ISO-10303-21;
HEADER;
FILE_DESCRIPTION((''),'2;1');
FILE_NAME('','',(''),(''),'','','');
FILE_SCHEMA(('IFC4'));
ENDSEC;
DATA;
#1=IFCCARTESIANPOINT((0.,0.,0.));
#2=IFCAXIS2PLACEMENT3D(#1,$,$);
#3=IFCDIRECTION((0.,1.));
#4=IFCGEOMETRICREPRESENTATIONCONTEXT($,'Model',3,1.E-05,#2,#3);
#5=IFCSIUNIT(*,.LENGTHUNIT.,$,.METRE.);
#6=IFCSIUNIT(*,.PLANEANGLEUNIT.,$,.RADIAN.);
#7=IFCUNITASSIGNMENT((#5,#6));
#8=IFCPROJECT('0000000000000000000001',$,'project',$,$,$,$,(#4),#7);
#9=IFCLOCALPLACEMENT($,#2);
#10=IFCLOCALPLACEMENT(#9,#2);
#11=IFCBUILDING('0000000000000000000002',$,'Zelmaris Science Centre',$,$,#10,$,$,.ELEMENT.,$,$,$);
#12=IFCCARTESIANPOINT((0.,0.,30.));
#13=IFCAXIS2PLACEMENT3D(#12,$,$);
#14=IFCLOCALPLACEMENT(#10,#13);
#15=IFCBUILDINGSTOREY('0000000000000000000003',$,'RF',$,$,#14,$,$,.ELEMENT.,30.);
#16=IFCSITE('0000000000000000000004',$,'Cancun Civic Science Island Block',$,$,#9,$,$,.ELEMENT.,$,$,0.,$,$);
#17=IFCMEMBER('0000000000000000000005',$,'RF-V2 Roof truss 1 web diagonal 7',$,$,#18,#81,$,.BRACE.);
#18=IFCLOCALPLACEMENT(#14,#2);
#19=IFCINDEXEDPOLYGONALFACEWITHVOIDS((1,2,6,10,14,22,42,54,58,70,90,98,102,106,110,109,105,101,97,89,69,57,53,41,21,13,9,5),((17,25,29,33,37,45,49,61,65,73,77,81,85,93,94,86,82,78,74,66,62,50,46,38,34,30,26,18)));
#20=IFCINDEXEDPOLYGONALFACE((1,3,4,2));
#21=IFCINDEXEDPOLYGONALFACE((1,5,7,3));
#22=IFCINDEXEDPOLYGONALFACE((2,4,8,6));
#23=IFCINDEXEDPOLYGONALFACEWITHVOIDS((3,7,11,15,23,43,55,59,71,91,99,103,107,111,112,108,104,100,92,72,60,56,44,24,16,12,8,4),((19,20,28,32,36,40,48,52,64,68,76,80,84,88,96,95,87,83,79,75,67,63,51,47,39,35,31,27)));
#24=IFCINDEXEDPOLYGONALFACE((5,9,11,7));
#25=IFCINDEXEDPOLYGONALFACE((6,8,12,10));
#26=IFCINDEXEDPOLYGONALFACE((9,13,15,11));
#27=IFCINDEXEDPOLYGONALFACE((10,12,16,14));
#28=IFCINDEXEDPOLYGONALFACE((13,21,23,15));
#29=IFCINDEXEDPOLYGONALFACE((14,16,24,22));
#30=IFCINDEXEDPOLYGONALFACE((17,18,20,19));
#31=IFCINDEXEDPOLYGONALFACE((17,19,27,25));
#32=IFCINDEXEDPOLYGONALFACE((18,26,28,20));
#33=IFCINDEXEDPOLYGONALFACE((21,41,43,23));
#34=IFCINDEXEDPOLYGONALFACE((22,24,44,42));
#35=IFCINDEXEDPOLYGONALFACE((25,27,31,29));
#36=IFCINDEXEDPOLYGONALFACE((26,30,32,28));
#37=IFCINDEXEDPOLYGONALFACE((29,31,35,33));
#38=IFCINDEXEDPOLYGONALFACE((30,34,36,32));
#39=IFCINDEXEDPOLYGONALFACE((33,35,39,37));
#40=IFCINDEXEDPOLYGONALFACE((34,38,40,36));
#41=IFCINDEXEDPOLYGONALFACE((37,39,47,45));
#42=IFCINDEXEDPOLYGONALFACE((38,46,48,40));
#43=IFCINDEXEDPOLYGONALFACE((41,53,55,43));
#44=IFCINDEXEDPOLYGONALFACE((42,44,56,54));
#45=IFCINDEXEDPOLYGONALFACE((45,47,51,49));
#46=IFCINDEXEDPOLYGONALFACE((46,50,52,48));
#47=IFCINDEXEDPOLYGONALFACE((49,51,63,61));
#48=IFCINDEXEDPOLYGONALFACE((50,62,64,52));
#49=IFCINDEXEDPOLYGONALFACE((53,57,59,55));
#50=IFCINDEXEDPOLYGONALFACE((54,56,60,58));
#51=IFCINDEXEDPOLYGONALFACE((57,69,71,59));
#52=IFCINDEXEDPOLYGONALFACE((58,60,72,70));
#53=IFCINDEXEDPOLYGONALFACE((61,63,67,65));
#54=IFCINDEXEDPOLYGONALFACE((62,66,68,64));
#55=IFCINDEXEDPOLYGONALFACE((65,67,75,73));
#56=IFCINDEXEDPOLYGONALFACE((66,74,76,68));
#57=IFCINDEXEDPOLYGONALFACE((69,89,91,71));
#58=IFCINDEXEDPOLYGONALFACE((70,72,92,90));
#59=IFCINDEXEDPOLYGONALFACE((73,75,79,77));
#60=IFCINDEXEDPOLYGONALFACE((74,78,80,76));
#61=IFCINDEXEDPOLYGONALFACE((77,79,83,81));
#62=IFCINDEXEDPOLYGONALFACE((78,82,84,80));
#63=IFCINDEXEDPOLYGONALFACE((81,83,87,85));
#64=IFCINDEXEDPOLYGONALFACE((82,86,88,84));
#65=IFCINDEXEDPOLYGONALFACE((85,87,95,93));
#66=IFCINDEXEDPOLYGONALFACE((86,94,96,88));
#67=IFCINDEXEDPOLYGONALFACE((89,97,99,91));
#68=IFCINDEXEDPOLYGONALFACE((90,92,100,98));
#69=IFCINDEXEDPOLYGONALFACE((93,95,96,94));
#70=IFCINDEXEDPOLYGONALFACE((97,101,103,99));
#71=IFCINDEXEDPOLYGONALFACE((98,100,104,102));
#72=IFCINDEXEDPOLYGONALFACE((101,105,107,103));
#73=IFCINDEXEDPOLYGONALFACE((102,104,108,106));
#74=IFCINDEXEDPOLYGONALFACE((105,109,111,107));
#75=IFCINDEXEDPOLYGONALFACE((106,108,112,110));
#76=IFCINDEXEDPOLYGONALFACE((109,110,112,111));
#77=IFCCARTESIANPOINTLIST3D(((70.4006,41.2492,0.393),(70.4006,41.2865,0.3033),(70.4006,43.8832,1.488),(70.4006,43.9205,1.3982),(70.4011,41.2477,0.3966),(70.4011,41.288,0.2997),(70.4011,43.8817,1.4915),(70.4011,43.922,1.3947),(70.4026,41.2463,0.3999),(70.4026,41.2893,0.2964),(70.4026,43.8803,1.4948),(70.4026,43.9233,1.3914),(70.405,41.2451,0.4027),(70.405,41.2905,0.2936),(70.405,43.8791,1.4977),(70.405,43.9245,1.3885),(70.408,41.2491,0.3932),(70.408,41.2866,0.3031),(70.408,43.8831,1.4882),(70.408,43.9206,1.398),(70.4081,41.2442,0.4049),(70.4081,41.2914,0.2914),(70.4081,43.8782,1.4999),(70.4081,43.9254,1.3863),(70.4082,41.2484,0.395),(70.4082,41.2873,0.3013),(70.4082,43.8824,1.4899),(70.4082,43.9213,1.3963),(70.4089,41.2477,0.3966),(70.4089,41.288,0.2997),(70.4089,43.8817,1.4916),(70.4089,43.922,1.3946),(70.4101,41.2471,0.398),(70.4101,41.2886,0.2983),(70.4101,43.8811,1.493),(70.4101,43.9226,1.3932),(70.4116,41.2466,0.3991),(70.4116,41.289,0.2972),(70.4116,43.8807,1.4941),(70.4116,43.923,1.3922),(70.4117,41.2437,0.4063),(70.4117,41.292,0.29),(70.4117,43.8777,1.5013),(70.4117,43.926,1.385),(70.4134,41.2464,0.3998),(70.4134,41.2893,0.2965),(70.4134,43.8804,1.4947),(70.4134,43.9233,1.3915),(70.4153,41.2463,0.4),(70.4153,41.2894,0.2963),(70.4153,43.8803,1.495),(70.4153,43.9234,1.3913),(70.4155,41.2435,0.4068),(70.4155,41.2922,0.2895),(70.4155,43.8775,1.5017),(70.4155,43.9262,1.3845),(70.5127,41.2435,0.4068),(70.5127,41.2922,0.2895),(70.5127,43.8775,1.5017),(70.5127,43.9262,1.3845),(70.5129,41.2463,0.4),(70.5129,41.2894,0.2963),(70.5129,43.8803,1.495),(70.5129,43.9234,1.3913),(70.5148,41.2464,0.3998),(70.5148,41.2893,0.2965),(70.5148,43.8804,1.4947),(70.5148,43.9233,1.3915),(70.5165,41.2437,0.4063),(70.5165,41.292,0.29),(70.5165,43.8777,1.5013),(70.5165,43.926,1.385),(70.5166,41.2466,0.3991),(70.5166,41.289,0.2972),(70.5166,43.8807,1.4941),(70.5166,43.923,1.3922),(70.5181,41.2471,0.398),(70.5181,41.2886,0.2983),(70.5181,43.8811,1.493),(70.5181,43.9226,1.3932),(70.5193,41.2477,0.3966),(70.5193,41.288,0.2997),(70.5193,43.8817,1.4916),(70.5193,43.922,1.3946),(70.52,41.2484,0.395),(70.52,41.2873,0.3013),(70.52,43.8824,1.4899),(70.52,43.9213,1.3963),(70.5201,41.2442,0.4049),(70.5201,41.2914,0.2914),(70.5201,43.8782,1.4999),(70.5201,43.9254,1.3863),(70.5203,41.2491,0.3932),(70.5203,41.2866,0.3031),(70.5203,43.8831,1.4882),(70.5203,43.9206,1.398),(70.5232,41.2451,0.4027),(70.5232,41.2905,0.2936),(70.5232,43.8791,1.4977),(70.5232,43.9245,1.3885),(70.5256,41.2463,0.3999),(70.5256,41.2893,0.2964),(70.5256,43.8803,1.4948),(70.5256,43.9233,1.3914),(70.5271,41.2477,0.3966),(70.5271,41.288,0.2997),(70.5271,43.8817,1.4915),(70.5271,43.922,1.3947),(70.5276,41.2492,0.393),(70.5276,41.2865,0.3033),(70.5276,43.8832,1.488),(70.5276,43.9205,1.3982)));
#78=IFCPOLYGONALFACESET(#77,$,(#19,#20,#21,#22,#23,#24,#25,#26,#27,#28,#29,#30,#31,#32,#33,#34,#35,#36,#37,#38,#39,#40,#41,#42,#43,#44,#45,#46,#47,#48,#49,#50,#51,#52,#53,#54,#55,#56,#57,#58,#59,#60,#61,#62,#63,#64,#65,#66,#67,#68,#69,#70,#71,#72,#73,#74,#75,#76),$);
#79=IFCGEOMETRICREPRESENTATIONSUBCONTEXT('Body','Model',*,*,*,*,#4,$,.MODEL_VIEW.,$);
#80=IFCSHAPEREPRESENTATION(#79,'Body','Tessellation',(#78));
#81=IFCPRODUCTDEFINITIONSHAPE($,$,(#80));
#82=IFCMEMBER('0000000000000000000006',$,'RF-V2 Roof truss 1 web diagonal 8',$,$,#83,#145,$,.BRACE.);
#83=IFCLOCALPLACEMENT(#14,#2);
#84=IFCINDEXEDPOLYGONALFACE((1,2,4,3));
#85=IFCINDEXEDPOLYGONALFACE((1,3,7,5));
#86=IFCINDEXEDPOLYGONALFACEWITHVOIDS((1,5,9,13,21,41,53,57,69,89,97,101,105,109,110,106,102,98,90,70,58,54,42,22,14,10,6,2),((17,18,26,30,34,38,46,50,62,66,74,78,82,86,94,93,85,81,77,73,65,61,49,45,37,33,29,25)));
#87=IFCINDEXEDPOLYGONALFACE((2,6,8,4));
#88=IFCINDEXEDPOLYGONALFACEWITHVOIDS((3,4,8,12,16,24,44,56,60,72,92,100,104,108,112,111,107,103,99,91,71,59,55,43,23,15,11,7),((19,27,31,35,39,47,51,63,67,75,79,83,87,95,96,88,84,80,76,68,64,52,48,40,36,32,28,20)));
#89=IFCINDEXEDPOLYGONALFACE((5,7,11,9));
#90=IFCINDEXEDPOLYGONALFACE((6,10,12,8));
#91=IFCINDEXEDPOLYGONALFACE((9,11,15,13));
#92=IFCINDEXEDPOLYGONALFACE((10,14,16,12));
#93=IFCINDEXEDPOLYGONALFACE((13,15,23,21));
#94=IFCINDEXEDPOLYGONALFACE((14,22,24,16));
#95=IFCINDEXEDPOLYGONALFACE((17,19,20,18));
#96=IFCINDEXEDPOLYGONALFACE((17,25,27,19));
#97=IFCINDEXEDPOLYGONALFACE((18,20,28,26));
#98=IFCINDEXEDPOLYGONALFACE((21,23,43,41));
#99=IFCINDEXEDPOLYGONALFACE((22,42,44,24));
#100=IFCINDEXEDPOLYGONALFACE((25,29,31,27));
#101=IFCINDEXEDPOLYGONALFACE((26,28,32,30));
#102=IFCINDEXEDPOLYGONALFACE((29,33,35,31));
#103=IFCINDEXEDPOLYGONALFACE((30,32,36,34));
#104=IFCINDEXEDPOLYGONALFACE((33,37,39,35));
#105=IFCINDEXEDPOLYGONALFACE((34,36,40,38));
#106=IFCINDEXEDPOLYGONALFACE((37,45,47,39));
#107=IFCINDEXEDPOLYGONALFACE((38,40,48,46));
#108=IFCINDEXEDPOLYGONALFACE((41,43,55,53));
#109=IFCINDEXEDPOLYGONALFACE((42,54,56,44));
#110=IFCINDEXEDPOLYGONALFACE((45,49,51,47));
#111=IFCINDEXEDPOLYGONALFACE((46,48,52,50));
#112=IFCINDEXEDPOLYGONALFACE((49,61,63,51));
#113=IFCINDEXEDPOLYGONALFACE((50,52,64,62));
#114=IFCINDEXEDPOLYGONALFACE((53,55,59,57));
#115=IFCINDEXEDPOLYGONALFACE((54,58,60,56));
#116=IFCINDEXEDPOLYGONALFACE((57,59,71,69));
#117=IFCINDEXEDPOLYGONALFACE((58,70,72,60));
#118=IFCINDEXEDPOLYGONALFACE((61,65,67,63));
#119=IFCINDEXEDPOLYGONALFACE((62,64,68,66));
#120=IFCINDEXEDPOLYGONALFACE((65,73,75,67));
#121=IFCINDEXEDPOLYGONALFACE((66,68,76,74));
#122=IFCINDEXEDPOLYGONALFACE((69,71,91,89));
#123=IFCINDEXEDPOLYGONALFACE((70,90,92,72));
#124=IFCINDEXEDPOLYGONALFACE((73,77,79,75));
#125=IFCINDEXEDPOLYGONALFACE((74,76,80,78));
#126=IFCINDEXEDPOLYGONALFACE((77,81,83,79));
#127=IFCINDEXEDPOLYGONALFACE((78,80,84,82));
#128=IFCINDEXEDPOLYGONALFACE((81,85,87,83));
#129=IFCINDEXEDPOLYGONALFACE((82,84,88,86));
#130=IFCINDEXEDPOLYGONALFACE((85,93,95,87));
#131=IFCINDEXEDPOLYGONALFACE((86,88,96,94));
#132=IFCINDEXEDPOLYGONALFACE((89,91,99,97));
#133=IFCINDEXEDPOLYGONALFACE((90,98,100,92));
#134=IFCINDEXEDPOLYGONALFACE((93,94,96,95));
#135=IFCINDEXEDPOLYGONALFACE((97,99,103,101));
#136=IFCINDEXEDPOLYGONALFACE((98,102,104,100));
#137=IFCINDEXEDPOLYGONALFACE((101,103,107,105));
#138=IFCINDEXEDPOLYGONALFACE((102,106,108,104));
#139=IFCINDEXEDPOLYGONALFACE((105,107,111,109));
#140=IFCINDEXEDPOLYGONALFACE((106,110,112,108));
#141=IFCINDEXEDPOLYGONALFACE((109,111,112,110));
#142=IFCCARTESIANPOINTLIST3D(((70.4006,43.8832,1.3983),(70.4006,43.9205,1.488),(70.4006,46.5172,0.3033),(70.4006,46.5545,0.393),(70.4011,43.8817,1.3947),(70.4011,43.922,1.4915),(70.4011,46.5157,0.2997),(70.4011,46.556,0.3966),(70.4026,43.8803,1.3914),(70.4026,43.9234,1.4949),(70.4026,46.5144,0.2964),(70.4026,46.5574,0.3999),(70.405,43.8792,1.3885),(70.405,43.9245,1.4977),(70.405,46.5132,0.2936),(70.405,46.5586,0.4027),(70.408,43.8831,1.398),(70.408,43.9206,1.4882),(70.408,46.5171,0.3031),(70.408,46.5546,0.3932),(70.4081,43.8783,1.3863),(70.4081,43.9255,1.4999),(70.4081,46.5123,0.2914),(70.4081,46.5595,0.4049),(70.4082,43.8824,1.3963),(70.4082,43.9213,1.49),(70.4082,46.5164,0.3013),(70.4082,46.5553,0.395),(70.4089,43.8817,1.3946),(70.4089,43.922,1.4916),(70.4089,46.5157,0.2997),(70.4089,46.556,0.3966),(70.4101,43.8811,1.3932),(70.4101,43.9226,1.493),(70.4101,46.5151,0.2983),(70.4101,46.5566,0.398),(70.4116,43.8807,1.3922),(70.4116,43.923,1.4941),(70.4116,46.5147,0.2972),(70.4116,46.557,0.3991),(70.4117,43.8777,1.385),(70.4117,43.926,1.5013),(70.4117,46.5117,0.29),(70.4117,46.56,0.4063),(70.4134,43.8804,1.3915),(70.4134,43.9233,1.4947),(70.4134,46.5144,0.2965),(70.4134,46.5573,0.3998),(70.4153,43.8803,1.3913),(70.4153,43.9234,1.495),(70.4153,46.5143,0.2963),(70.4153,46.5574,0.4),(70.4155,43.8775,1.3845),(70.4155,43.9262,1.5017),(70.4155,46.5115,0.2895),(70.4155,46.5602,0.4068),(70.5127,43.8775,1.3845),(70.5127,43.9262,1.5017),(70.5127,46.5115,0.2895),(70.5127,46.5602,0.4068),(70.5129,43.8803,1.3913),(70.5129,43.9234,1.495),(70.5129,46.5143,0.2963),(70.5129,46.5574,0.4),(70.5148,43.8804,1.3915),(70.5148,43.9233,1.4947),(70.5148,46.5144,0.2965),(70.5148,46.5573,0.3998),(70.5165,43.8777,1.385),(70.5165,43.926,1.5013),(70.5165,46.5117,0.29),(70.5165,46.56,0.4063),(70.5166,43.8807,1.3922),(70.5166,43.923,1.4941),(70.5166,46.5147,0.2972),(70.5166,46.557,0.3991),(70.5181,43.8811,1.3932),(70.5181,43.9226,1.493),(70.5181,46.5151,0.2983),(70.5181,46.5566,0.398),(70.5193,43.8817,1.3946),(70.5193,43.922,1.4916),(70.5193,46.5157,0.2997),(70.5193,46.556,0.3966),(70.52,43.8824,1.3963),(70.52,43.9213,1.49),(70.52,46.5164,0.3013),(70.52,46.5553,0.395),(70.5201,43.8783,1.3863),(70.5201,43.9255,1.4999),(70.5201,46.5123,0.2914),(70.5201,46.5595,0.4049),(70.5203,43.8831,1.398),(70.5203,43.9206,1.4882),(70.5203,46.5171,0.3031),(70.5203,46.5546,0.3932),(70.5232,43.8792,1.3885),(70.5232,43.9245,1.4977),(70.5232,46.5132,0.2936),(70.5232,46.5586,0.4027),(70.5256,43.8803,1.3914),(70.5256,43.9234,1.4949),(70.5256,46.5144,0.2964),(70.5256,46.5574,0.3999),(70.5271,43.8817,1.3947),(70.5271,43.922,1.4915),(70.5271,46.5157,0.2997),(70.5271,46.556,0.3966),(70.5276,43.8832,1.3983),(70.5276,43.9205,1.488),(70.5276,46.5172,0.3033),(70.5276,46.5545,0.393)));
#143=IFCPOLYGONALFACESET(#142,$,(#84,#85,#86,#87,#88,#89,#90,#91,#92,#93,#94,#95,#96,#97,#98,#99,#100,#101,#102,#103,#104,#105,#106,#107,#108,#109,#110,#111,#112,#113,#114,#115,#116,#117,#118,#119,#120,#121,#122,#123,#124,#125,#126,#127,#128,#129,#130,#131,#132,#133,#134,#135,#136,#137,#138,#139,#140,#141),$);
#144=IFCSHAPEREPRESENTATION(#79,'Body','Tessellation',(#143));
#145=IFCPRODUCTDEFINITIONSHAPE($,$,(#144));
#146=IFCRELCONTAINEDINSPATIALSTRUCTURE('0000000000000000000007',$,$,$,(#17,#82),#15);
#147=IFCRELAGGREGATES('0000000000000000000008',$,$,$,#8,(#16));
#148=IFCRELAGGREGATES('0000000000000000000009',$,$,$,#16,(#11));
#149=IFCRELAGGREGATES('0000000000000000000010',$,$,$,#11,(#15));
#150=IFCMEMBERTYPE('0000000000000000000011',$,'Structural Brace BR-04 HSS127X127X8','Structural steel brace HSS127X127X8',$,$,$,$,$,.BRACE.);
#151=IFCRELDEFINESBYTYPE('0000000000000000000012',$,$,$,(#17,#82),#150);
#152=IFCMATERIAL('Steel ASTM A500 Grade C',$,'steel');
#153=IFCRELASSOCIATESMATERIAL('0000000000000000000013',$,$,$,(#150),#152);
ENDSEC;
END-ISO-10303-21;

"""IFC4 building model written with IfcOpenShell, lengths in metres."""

from ifc_helpers import new_model, si_unit, direction, frame, origin, origin_2d, place, context, subcontext, project, spatial, hollow_rectangle, extrude, material, material_profile, profile_set, type_object, element, save


model = new_model("IFC4")

# Units and contexts
model_context = context("Model", 3, precision=1e-05, world=origin(), true_north=direction((0.0, 1.0)))
body_context = subcontext(model_context, "Body", "Model", "MODEL_VIEW")
ifc_project = project(units=[si_unit("LENGTHUNIT", "METRE"), si_unit("PLANEANGLEUNIT", "RADIAN")], contexts=[model_context])

# Site, building, storey
site_placement = place(None, origin())
site = spatial("IfcSite", under=ifc_project, at=site_placement, Name="Cancun Civic Science Island Block", CompositionType="ELEMENT", RefElevation=0.0)
building_placement = place(site_placement, origin())
building = spatial("IfcBuilding", under=site, at=building_placement, Name="Zelmaris Science Centre", CompositionType="ELEMENT")
storey_placement = place(building_placement, frame((0.0, 0.0, 30.0)))
storey = spatial("IfcBuildingStorey", under=building, at=storey_placement, Name="RF", CompositionType="ELEMENT", Elevation=30.0)

# Shared definitions
ifc_material_1 = material(Name="Steel ASTM A500 Grade C", Category="steel")

# Members
ifc_material_profile_1 = material_profile(ifc_material_1, hollow_rectangle(XDim=0.127, YDim=0.127, WallThickness=0.0073, InnerFilletRadius=0.0073, OuterFilletRadius=0.0149, at=origin_2d()), Name="HSS127X127X8")
ifc_profile_set_1 = profile_set([ifc_material_profile_1], Name="Steel ASTM A500 Grade C")
member_type_1 = type_object("IfcMemberType", Name="Structural Brace BR-04 HSS127X127X8", Description="Structural steel brace HSS127X127X8", PredefinedType="BRACE", material=ifc_profile_set_1)
for number, where, z_axis, x_axis, name in (
    (1, (70.4641, 41.2678, 0.3481), (0.0, 0.923393, 0.383856), (-1.0, 0.0, 0.0), "RF-V2 Roof truss 1 web diagonal 7"),
    (2, (70.4641, 43.9019, 1.4431), (0.0, 0.923393, -0.383856), (-1.0, 0.0, 0.0), "RF-V2 Roof truss 1 web diagonal 8"),
):
    element("IfcMember", number, at=place(storey_placement, frame(where, z_axis=z_axis, x_axis=x_axis)), inside=storey, type_object=member_type_1, Name=name, PredefinedType="BRACE", context=body_context, shape_type="SweptSolid", body=[
        extrude(hollow_rectangle(XDim=0.127, YDim=0.127, WallThickness=0.0073, InnerFilletRadius=0.0073, OuterFilletRadius=0.0149, at=origin_2d()), origin(), (0.0, 0.0, 1.0), 2.8525),
    ])

save(model, "model.ifc")
